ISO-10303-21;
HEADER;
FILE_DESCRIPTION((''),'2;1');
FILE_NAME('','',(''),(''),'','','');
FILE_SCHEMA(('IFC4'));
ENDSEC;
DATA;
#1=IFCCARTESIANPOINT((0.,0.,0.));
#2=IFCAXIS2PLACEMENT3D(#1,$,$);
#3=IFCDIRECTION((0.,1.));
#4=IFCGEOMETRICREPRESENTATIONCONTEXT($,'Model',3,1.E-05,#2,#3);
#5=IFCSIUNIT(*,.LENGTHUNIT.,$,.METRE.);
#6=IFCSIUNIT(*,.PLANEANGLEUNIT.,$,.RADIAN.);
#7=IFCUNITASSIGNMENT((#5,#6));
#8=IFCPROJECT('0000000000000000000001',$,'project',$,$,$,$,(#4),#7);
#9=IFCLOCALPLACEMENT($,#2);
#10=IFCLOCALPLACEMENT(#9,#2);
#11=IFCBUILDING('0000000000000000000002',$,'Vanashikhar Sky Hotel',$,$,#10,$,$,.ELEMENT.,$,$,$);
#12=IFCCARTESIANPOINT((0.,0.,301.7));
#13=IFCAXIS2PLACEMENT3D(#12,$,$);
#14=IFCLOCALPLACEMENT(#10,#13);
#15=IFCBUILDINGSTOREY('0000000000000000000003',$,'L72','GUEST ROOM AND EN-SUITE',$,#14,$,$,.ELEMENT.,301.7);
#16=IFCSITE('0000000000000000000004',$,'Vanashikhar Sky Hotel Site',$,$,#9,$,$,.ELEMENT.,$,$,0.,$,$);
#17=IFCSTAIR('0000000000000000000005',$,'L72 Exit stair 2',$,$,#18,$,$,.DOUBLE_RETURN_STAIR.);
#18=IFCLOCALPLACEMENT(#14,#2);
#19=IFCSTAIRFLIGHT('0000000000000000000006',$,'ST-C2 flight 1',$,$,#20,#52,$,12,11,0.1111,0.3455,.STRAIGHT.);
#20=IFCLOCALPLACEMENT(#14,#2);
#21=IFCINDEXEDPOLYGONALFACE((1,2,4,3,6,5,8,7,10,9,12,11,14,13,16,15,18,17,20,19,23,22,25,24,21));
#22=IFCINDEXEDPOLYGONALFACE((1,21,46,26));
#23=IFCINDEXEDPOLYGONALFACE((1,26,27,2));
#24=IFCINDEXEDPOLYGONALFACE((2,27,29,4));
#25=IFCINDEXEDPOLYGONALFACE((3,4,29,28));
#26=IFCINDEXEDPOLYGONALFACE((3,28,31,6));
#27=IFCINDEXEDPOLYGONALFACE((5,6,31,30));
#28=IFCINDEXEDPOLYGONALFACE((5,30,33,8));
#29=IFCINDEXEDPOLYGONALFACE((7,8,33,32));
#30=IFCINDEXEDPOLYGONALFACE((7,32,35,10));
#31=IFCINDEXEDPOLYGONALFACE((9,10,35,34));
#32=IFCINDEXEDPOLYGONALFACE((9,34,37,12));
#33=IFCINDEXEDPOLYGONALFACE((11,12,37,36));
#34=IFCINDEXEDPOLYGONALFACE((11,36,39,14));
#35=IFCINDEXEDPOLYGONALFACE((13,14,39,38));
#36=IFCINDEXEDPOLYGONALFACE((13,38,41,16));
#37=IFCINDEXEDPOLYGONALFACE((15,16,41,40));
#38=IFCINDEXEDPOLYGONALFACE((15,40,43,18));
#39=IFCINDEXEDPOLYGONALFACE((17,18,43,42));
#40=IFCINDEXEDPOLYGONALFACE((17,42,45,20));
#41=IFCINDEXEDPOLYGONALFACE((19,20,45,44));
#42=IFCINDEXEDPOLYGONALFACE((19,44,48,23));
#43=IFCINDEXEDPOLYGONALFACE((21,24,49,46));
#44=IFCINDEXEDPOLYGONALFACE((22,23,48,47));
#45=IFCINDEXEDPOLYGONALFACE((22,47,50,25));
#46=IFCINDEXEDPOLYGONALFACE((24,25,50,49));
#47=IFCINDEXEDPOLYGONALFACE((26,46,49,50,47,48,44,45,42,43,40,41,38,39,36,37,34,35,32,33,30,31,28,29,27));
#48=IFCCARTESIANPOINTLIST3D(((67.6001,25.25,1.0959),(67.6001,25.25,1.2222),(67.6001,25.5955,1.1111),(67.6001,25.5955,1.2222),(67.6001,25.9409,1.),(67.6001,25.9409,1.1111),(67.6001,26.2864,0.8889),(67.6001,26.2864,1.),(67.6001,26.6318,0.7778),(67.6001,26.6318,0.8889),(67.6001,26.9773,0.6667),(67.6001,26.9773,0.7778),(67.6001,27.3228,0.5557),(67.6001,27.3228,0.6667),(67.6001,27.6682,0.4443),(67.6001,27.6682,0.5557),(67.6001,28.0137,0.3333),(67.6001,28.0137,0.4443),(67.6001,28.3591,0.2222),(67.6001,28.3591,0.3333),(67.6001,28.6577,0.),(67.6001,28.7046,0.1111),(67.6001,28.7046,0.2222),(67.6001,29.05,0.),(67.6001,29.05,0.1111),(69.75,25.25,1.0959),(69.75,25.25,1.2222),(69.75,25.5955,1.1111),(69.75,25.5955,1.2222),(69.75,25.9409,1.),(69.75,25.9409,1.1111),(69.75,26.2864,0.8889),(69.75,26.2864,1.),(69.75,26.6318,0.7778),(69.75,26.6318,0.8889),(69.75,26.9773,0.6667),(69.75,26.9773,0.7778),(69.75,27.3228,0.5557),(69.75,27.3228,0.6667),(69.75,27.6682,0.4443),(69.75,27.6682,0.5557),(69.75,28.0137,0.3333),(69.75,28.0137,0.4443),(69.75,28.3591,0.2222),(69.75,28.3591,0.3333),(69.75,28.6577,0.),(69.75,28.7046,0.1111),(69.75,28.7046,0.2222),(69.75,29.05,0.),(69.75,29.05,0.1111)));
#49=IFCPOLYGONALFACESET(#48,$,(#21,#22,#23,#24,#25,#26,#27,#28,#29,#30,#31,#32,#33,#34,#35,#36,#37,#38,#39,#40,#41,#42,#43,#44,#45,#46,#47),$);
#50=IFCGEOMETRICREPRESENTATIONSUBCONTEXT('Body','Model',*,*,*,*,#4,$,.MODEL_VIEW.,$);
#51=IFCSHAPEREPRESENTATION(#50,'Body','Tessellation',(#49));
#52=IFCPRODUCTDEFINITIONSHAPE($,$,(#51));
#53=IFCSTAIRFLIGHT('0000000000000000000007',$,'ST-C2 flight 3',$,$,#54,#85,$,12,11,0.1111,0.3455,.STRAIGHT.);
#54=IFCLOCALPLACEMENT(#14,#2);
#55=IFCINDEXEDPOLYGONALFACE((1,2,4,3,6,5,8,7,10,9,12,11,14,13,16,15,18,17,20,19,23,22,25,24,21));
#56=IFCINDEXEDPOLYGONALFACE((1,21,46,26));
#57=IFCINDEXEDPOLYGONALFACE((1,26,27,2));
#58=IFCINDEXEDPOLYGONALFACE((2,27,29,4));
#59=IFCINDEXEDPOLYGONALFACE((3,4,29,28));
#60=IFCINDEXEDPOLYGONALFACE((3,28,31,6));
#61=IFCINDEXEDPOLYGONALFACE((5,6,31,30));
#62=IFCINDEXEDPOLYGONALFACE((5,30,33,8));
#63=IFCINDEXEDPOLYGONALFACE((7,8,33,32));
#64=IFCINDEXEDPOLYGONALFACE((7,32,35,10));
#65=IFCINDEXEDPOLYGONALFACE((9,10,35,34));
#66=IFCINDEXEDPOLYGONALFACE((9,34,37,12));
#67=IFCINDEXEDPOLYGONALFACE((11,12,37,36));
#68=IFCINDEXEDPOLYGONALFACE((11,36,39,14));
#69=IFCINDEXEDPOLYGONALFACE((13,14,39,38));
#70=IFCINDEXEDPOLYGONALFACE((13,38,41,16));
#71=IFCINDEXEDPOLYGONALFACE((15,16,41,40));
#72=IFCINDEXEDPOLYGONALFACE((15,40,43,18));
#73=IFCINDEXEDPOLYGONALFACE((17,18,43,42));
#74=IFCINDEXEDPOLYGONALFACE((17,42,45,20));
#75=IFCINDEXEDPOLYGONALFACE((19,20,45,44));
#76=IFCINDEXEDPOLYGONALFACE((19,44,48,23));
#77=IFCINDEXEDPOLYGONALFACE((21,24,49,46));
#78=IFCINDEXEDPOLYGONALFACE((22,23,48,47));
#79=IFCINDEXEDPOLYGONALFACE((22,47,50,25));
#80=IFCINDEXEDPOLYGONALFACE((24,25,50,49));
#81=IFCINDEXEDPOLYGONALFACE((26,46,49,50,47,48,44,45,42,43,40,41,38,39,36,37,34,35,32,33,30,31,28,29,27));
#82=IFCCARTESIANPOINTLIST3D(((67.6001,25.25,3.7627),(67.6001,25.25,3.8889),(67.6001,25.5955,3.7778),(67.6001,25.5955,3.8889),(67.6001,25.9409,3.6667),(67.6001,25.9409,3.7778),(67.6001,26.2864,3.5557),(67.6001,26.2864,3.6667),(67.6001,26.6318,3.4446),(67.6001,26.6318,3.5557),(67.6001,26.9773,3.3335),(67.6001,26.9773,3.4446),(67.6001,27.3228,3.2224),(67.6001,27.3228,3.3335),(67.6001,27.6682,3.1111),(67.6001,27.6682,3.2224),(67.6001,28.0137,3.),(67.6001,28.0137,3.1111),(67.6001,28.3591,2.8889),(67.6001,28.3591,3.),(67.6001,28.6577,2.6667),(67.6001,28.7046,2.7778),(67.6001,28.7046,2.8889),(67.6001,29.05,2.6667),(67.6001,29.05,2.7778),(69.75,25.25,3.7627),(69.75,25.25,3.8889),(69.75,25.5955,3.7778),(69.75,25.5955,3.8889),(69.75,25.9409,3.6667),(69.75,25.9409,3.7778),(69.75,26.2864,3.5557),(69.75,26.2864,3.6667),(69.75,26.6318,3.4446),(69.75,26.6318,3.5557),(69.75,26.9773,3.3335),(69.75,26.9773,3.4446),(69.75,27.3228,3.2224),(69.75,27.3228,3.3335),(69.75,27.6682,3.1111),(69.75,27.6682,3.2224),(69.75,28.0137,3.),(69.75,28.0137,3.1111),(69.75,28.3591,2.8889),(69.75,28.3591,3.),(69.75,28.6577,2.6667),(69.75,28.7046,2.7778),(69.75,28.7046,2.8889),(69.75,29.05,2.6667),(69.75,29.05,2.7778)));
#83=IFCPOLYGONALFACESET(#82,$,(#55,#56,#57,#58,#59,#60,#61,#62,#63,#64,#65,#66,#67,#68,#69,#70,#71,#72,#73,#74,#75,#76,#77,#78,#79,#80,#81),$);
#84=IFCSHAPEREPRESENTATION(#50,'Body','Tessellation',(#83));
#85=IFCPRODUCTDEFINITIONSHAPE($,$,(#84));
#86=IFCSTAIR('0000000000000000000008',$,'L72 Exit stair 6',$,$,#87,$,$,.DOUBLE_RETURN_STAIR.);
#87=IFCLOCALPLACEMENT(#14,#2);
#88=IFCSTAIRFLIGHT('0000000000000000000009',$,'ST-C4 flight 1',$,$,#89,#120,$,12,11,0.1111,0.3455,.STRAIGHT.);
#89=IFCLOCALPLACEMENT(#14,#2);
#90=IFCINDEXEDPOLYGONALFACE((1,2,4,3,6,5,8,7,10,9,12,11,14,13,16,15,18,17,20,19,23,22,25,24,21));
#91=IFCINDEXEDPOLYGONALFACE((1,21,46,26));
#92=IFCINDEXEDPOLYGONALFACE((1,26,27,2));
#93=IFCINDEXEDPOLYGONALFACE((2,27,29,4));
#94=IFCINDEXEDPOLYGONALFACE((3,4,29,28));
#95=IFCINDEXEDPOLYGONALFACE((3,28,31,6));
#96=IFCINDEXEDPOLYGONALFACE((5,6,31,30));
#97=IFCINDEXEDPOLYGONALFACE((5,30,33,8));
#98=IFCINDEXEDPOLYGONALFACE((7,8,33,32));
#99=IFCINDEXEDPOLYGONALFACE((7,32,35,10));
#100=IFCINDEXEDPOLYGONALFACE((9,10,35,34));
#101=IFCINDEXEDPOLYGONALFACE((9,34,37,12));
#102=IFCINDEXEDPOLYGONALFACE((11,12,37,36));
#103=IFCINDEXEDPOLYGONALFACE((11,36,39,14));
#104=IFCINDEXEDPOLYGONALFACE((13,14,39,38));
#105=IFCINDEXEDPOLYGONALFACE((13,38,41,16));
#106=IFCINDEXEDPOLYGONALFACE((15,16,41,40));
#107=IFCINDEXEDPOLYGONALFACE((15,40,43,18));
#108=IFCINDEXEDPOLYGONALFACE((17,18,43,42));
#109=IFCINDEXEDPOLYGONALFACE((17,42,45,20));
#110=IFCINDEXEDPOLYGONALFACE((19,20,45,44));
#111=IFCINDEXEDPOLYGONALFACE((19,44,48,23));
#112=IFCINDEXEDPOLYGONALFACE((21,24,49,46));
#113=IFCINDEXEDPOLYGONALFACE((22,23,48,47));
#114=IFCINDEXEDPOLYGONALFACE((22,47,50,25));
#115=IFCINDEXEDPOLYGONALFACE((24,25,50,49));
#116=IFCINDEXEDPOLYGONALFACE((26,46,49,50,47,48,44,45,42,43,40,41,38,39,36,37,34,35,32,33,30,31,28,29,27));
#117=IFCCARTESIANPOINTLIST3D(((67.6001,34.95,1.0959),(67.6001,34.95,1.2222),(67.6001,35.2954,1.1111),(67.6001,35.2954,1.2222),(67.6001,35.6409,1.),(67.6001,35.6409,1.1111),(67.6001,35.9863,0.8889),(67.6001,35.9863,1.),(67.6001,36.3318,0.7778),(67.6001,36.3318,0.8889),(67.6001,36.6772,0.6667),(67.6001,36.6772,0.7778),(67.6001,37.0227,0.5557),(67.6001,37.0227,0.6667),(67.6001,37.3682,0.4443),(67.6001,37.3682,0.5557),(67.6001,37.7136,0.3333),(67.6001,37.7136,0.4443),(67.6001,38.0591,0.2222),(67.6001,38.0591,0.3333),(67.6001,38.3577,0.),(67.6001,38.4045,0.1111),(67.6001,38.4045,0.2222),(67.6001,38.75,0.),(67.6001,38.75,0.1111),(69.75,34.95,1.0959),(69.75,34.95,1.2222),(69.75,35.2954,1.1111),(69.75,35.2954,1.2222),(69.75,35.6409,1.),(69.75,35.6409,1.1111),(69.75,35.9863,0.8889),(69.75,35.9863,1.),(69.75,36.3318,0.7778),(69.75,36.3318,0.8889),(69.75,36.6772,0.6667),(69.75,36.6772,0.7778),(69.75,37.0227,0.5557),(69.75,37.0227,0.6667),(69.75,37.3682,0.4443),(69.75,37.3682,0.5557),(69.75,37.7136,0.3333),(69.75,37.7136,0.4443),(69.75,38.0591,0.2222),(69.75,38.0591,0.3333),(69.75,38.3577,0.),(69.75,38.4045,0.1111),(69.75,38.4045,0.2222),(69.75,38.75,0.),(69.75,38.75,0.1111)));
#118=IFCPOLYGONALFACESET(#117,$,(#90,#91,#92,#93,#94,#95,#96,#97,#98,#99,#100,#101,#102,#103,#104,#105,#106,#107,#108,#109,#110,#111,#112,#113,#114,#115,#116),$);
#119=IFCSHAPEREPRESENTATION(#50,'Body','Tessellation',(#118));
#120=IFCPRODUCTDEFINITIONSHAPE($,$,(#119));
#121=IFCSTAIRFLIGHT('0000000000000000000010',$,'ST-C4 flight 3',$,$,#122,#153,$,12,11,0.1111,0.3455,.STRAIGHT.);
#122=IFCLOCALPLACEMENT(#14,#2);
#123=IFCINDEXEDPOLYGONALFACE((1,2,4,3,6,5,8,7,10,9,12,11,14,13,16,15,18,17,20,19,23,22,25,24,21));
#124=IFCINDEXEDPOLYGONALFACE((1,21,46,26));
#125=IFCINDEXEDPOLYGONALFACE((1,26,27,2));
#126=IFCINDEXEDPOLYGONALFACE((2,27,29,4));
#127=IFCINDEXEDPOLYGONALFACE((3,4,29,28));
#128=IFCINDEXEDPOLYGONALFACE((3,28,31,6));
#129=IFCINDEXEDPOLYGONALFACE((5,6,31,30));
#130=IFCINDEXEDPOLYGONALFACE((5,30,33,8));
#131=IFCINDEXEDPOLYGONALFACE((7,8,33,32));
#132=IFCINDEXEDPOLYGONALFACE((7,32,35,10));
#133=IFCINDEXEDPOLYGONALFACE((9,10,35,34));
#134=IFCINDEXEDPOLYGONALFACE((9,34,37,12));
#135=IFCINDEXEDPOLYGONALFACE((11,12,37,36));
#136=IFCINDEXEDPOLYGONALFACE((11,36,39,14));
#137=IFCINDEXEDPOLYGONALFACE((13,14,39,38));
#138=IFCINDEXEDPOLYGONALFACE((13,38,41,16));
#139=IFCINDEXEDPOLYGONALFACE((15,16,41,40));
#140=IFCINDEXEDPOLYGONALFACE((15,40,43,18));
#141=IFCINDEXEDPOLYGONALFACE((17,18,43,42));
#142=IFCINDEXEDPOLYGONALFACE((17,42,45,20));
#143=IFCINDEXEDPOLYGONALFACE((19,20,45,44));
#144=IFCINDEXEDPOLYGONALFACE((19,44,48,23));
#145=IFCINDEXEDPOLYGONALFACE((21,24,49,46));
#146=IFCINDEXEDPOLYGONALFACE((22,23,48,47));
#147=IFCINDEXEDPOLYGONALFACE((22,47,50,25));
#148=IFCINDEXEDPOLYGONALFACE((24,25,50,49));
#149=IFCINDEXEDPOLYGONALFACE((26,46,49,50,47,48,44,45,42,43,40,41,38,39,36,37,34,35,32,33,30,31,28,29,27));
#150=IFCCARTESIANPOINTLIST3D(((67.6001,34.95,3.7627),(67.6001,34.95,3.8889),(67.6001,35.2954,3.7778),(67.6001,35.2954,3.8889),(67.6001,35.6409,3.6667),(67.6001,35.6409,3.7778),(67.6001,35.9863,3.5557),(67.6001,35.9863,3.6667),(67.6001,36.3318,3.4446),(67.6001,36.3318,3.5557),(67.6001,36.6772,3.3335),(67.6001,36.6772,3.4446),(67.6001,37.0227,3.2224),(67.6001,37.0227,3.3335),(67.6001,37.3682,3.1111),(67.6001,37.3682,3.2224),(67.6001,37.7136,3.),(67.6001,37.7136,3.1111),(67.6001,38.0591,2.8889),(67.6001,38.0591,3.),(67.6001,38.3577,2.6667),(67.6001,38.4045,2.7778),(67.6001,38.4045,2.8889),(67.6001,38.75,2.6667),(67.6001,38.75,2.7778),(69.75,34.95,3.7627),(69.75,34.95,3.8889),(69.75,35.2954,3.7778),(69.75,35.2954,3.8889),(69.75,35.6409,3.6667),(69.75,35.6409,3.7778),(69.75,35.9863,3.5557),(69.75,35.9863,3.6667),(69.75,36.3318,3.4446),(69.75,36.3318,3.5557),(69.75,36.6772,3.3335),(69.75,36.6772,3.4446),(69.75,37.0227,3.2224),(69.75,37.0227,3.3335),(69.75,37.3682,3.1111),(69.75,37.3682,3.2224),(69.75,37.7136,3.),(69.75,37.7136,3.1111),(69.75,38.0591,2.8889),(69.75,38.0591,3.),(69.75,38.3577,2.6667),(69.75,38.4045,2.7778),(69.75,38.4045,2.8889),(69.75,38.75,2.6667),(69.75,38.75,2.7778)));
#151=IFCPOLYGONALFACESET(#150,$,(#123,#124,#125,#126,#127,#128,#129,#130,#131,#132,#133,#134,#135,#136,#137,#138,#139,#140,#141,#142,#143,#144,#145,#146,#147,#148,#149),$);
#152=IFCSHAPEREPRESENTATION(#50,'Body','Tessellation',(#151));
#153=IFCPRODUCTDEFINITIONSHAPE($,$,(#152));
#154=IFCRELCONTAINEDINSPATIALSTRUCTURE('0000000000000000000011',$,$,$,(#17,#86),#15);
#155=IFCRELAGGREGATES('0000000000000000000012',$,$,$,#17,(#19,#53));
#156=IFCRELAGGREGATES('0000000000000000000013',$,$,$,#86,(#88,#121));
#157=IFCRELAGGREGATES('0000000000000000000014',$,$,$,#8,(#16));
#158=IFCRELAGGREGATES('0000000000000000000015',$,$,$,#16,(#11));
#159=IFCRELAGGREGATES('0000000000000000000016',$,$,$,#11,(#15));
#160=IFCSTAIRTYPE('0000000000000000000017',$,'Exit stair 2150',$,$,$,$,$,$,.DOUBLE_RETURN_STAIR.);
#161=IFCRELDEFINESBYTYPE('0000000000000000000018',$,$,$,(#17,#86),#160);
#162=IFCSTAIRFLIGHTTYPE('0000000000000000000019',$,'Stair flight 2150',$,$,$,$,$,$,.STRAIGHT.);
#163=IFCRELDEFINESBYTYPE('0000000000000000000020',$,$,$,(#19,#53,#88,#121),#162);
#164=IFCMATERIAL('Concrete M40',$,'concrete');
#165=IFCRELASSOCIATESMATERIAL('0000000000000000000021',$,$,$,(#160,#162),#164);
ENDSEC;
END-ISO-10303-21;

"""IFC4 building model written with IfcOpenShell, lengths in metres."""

from ifc_helpers import new_model, si_unit, direction, frame, origin, place, context, subcontext, project, spatial, polyline, outline, extrude, source, transform, mapped, material, type_object, element, aggregate, save


model = new_model("IFC4")

# Units and contexts
model_context = context("Model", 3, precision=1e-05, world=origin(), true_north=direction((0.0, 1.0)))
body_context = subcontext(model_context, "Body", "Model", "MODEL_VIEW")
ifc_project = project(units=[si_unit("LENGTHUNIT", "METRE"), si_unit("PLANEANGLEUNIT", "RADIAN")], contexts=[model_context])

# Site, building, storey
site_placement = place(None, origin())
site = spatial("IfcSite", under=ifc_project, at=site_placement, Name="Vanashikhar Sky Hotel Site", CompositionType="ELEMENT", RefElevation=0.0)
building_placement = place(site_placement, origin())
building = spatial("IfcBuilding", under=site, at=building_placement, Name="Vanashikhar Sky Hotel", CompositionType="ELEMENT")
storey_placement = place(building_placement, frame((0.0, 0.0, 301.7)))
storey = spatial("IfcBuildingStorey", under=building, at=storey_placement, Name="L72", Description="GUEST ROOM AND EN-SUITE", CompositionType="ELEMENT", Elevation=301.7)

# Stairs, stair flights
ifc_material_1 = material(Name="Concrete M40", Category="concrete")
stair_type = type_object("IfcStairType", Name="Exit stair 2150", PredefinedType="DOUBLE_RETURN_STAIR", material=ifc_material_1)
stair_1_placement = place(storey_placement, origin())
stair_1 = element("IfcStair", 1, at=stair_1_placement, inside=storey, type_object=stair_type, Name="L72 Exit stair 2", PredefinedType="DOUBLE_RETURN_STAIR")
stair_flight_type = type_object("IfcStairFlightType", Name="Stair flight 2150", PredefinedType="STRAIGHT", material=ifc_material_1)
shared_shape_1 = source(origin(), body_context, "Body", "SweptSolid", [
    extrude(outline(polyline([(0.0, 0.0), (0.0, 0.1111), (0.3455, 0.1111), (0.3455, 0.2222), (0.6909, 0.2222), (0.6909, 0.3333), (1.0364, 0.3333), (1.0364, 0.4443), (1.3818, 0.4443), (1.3818, 0.5557), (1.7273, 0.5557), (1.7273, 0.6667), (2.0728, 0.6667), (2.0728, 0.7778), (2.4182, 0.7778), (2.4182, 0.8889), (2.7637, 0.8889), (2.7637, 1.0), (3.1091, 1.0), (3.1091, 1.1111), (3.4546, 1.1111), (3.4546, 1.2222), (3.8, 1.2222), (3.8, 1.3333), (3.8, 1.0959), (0.3923, 0.0), (0.0, 0.0)])), frame((0.0, 1.075, 0.0), z_axis=(0.0, -1.0, 0.0), x_axis=(1.0, 0.0, 0.0)), (0.0, 0.0, 1.0), 2.1499),
])
stair_flight_1_placement = place(storey_placement, frame((68.675, 29.05, 0.0), z_axis=(0.0, 0.0, 1.0), x_axis=(0.0, -1.0, 0.0)))
stair_flight_1 = element("IfcStairFlight", 2, at=stair_flight_1_placement, type_object=stair_flight_type, Name="ST-C2 flight 1", NumberOfRisers=12, NumberOfTreads=11, PredefinedType="STRAIGHT", RiserHeight=0.1111, TreadLength=0.3455, context=body_context, shape_type="MappedRepresentation", body=[
    mapped(shared_shape_1, transform((0.0, 0.0, 0.0), scale=1.0)),
])
stair_flight_2_placement = place(storey_placement, frame((68.675, 29.05, 2.6667), z_axis=(0.0, 0.0, 1.0), x_axis=(0.0, -1.0, 0.0)))
stair_flight_2 = element("IfcStairFlight", 3, at=stair_flight_2_placement, type_object=stair_flight_type, Name="ST-C2 flight 3", NumberOfRisers=12, NumberOfTreads=11, PredefinedType="STRAIGHT", RiserHeight=0.1111, TreadLength=0.3455, context=body_context, shape_type="MappedRepresentation", body=[
    mapped(shared_shape_1, transform((0.0, 0.0, 0.0), scale=1.0)),
])
aggregate(stair_1, [stair_flight_1, stair_flight_2])
stair_2_placement = place(storey_placement, origin())
stair_2 = element("IfcStair", 4, at=stair_2_placement, inside=storey, type_object=stair_type, Name="L72 Exit stair 6", PredefinedType="DOUBLE_RETURN_STAIR")
stair_flight_3_placement = place(storey_placement, frame((68.675, 38.75, 0.0), z_axis=(0.0, 0.0, 1.0), x_axis=(0.0, -1.0, 0.0)))
stair_flight_3 = element("IfcStairFlight", 5, at=stair_flight_3_placement, type_object=stair_flight_type, Name="ST-C4 flight 1", NumberOfRisers=12, NumberOfTreads=11, PredefinedType="STRAIGHT", RiserHeight=0.1111, TreadLength=0.3455, context=body_context, shape_type="MappedRepresentation", body=[
    mapped(shared_shape_1, transform((0.0, 0.0, 0.0), scale=1.0)),
])
stair_flight_4_placement = place(storey_placement, frame((68.675, 38.75, 2.6667), z_axis=(0.0, 0.0, 1.0), x_axis=(0.0, -1.0, 0.0)))
stair_flight_4 = element("IfcStairFlight", 6, at=stair_flight_4_placement, type_object=stair_flight_type, Name="ST-C4 flight 3", NumberOfRisers=12, NumberOfTreads=11, PredefinedType="STRAIGHT", RiserHeight=0.1111, TreadLength=0.3455, context=body_context, shape_type="MappedRepresentation", body=[
    mapped(shared_shape_1, transform((0.0, 0.0, 0.0), scale=1.0)),
])
aggregate(stair_2, [stair_flight_3, stair_flight_4])

save(model, "model.ifc")
